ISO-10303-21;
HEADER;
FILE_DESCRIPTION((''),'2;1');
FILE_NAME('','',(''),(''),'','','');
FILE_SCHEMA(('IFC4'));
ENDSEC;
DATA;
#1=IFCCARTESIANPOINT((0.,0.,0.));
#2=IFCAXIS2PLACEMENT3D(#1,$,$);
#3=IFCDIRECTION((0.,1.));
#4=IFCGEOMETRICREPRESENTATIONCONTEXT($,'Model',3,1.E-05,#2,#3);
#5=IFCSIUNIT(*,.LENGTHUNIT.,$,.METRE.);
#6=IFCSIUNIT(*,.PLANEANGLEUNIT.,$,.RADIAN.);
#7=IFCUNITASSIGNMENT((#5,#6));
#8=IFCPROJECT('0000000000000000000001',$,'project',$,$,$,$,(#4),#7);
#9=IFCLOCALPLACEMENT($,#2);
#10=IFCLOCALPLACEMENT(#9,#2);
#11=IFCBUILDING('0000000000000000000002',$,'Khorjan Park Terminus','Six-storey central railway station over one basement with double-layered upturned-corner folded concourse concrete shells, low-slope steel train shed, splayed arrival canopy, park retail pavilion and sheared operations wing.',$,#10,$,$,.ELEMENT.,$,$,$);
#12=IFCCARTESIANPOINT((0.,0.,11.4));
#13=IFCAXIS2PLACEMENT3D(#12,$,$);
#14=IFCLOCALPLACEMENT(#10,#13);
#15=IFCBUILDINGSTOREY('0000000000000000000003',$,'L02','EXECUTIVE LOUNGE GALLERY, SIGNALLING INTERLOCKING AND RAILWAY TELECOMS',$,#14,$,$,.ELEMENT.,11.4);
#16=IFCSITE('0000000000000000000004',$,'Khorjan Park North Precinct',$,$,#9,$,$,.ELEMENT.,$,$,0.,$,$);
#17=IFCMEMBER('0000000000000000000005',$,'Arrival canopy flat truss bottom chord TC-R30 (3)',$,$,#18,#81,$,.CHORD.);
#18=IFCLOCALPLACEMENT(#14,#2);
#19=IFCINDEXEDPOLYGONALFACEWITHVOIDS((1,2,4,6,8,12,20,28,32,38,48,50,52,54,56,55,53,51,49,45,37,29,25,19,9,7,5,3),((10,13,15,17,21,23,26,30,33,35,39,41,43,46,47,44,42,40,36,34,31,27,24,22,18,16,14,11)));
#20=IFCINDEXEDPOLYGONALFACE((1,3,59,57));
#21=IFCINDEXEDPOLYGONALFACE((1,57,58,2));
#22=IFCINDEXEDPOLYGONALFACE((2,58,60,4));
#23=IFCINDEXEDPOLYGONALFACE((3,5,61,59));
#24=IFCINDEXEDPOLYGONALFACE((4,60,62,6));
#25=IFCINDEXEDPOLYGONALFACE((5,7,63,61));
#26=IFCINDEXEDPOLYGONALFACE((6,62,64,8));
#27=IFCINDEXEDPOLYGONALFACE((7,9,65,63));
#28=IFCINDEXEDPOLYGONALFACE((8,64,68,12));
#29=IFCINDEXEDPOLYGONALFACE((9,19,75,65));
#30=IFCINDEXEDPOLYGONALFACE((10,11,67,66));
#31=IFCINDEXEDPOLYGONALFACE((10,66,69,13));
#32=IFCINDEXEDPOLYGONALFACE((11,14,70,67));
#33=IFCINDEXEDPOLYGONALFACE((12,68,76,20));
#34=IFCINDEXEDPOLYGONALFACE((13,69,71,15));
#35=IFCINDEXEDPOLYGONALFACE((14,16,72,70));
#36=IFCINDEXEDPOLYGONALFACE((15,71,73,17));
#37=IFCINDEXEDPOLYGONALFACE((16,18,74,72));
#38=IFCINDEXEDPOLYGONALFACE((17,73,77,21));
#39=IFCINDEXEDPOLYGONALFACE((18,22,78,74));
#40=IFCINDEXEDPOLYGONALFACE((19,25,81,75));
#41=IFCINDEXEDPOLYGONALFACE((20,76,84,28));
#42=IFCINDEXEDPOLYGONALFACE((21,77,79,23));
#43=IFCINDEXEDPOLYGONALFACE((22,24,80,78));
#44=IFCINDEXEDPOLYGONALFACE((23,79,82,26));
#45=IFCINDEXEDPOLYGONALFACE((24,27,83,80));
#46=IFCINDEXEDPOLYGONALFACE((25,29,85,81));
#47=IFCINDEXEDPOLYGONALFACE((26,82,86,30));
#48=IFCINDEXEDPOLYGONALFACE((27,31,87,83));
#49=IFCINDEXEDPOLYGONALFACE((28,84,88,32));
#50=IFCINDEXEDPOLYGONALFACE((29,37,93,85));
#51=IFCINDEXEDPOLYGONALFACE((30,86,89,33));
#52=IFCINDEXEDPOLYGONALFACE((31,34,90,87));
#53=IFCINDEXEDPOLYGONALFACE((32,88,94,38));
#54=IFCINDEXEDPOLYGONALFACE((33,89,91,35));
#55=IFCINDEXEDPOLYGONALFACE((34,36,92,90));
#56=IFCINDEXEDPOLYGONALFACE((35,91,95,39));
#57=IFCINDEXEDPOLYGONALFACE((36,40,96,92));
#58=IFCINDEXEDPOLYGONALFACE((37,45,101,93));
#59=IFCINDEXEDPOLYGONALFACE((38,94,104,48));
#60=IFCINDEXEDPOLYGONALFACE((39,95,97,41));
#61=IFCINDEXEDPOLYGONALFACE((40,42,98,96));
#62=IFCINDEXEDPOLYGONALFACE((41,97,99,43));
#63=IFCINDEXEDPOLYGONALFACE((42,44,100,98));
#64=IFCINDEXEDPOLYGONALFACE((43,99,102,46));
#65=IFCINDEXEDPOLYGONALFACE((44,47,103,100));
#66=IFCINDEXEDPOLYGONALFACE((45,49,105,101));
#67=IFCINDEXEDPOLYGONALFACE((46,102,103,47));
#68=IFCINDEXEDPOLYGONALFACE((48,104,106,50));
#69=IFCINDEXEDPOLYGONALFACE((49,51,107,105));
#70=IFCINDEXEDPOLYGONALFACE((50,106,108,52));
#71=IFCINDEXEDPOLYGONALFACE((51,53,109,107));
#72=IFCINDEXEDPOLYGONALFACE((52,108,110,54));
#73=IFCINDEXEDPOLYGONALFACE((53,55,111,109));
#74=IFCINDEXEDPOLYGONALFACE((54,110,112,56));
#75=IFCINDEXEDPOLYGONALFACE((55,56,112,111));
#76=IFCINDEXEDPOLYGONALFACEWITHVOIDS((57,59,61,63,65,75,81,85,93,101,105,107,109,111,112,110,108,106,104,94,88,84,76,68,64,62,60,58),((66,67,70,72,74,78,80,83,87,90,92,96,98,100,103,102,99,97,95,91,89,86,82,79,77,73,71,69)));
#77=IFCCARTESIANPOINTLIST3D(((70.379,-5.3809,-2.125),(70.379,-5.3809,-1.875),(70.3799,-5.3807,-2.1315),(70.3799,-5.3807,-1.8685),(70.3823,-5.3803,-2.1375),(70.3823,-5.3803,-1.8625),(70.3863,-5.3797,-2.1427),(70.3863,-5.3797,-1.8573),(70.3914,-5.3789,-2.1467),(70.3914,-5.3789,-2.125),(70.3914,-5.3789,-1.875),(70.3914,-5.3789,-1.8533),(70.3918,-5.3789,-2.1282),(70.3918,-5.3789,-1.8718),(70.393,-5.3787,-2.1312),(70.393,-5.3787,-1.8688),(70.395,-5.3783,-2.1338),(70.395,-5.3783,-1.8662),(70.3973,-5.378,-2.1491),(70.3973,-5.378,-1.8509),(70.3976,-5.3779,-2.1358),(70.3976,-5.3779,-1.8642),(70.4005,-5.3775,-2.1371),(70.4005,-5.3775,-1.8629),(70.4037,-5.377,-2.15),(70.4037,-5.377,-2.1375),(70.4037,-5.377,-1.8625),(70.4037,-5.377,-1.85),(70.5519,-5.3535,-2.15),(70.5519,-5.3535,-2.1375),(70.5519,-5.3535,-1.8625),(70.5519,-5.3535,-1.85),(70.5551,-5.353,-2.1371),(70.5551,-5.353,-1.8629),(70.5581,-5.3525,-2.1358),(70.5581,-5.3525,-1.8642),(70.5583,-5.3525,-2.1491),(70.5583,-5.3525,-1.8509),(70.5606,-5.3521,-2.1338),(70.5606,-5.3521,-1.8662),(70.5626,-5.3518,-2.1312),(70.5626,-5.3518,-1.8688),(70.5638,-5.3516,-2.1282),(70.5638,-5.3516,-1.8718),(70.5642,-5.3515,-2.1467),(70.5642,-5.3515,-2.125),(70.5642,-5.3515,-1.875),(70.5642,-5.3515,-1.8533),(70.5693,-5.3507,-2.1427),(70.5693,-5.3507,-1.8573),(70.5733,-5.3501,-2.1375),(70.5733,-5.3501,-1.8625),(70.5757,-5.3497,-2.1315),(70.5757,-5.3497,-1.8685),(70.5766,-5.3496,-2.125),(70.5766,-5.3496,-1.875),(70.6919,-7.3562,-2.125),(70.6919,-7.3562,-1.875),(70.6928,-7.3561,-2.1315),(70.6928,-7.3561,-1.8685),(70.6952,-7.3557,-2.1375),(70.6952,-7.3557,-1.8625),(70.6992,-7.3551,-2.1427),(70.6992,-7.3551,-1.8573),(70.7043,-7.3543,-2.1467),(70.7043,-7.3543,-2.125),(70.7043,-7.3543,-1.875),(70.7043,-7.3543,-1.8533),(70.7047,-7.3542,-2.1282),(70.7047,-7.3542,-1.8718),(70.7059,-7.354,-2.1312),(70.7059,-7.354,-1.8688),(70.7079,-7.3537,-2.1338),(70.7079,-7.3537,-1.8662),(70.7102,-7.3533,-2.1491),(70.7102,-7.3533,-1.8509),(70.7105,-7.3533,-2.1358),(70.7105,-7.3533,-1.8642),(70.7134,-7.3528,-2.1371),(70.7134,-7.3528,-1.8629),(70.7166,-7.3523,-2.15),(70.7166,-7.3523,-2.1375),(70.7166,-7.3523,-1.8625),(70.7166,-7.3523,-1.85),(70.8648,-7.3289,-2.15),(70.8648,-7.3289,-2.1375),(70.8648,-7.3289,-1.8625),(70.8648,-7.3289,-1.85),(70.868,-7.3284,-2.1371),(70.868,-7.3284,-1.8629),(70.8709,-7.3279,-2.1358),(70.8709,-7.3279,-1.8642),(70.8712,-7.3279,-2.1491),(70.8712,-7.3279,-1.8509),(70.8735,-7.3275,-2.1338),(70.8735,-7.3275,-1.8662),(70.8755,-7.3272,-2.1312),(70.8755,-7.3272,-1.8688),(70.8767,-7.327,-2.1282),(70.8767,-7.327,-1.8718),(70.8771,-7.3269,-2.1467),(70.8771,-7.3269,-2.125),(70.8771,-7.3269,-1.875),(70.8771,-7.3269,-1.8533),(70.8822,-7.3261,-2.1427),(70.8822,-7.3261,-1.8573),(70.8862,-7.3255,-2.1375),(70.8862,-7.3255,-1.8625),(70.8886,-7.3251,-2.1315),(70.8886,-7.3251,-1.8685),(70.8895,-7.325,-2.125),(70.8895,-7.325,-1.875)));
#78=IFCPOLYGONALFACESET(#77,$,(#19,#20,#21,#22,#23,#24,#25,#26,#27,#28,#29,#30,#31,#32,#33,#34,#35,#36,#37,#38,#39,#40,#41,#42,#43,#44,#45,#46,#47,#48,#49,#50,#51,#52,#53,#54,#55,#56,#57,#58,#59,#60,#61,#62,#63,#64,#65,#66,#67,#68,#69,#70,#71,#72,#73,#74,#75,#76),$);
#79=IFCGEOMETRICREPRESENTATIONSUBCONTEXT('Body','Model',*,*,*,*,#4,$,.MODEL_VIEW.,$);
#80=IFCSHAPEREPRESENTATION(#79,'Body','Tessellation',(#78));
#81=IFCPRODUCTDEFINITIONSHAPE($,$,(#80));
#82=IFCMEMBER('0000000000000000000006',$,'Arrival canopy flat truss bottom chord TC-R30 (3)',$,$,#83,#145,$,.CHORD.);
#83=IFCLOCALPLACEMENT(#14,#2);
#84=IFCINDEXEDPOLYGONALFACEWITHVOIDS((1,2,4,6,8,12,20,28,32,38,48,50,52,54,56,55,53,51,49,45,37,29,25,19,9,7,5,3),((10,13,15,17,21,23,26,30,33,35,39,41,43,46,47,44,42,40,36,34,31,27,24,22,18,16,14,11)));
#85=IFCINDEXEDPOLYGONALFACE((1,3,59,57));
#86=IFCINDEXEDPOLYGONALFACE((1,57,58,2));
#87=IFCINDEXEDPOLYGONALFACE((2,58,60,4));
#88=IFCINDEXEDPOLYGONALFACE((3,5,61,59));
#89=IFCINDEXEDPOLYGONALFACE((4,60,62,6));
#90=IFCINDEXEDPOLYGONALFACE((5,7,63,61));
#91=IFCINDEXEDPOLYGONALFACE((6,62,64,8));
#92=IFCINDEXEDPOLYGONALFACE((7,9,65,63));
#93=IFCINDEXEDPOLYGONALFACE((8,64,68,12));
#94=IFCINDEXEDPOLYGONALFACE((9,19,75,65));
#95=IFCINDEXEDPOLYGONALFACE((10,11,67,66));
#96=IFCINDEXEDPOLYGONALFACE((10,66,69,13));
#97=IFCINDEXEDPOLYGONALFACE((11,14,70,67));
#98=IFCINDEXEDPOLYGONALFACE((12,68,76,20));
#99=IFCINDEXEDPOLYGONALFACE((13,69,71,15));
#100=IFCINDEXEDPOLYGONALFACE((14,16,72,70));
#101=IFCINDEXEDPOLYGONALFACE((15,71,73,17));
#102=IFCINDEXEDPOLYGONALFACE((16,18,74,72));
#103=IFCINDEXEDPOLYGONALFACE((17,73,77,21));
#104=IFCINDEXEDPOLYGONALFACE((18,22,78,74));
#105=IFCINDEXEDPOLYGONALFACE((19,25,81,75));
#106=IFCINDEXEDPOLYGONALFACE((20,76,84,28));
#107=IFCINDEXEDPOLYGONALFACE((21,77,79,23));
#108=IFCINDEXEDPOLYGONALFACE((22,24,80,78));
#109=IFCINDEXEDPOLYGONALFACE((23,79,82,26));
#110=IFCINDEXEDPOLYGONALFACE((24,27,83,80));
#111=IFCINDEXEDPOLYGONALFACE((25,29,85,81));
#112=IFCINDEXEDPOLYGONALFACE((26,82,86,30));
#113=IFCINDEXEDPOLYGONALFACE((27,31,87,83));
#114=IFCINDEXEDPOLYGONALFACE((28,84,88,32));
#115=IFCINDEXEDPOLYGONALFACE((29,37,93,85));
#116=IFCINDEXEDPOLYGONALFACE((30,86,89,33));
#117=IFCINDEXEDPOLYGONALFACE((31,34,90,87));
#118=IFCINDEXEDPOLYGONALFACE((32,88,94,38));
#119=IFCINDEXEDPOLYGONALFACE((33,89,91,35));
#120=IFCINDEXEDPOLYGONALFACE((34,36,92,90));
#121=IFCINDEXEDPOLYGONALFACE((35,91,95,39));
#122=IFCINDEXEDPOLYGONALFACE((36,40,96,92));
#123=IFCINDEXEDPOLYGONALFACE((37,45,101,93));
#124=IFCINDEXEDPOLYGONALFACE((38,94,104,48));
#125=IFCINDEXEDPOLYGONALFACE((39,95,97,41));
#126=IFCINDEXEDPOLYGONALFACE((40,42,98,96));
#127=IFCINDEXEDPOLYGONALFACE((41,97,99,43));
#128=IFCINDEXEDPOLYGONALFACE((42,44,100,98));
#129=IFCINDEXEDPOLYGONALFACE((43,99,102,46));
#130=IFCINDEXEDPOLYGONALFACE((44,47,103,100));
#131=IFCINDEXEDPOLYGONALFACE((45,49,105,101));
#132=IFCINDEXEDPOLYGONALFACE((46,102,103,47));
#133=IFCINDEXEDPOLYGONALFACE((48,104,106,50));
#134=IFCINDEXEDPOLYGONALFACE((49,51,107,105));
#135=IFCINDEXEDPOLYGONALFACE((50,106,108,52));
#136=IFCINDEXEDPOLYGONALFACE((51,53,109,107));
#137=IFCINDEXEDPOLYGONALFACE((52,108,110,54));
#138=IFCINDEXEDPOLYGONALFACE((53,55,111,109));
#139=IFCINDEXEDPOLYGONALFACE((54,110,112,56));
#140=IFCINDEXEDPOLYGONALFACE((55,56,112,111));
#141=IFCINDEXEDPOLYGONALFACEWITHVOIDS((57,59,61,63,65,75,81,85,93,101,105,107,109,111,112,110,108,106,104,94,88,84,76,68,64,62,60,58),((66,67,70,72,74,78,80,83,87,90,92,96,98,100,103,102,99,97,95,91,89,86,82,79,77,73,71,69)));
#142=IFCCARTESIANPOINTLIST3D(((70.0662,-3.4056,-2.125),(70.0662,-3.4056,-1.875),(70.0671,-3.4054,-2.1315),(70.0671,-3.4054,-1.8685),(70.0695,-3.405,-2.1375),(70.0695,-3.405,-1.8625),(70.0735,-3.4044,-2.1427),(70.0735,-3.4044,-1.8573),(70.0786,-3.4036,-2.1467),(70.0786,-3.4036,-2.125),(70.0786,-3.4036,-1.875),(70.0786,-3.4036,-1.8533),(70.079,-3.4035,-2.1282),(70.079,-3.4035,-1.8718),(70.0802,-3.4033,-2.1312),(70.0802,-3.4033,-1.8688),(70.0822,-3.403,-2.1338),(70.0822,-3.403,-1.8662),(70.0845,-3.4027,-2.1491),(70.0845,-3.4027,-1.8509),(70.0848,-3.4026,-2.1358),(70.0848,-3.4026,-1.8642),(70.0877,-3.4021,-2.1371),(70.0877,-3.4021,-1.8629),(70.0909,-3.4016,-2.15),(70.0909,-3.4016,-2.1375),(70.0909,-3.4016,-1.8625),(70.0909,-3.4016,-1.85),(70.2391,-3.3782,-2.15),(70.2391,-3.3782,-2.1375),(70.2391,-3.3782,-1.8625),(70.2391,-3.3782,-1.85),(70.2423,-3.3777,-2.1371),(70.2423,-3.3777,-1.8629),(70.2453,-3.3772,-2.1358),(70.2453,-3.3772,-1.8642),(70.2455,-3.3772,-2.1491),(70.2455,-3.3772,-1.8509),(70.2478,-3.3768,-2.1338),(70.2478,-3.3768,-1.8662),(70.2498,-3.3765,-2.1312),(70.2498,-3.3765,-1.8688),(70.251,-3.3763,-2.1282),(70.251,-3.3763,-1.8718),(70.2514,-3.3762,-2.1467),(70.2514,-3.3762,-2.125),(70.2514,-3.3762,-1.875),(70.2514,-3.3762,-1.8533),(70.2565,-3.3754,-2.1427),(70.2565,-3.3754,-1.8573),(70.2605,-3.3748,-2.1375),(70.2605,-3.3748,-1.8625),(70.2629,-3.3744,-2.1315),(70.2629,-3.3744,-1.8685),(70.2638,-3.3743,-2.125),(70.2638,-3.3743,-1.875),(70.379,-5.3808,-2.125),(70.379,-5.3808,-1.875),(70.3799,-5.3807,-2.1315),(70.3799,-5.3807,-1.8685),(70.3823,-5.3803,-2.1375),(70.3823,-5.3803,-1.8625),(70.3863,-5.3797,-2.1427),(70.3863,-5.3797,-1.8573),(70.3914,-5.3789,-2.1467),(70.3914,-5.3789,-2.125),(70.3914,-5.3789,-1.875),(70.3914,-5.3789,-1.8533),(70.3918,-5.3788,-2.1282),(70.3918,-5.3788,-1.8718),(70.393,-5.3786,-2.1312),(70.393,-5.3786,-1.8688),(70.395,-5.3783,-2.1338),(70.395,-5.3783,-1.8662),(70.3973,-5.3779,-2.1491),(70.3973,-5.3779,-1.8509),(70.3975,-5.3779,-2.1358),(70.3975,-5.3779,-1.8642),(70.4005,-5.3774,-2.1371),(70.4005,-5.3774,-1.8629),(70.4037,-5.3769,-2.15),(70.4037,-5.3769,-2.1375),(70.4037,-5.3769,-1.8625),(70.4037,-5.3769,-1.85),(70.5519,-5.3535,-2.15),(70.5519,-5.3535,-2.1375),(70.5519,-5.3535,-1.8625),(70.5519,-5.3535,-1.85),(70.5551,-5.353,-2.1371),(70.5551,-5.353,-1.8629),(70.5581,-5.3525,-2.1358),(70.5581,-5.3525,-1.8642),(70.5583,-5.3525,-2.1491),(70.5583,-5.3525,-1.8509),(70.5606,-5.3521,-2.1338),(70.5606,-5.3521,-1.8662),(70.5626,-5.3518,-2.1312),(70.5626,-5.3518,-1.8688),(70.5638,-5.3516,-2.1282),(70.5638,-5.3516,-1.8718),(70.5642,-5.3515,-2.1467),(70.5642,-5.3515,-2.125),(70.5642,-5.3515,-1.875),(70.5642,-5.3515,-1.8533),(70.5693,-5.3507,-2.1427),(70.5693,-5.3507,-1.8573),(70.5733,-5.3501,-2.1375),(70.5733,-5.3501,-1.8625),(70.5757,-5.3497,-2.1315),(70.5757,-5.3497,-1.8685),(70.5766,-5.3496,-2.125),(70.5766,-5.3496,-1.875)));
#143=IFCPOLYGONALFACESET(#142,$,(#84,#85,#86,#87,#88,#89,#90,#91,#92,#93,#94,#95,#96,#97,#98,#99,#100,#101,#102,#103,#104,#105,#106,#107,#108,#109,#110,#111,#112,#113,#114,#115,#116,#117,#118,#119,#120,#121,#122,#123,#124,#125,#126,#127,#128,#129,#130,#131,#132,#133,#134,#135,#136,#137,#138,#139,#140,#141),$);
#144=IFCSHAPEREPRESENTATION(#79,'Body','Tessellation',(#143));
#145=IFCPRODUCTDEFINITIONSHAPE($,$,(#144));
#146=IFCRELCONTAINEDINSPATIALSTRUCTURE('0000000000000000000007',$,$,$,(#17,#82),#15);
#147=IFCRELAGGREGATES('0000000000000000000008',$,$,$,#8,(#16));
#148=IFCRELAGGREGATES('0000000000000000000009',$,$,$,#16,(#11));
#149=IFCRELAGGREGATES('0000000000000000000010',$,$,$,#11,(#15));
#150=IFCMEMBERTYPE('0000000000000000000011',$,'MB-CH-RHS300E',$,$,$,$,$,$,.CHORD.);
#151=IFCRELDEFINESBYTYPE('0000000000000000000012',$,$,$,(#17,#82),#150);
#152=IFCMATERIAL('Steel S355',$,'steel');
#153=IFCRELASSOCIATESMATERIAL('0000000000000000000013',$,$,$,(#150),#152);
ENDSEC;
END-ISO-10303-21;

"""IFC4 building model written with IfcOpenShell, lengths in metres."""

from ifc_helpers import new_model, si_unit, direction, frame, origin, origin_2d, place, context, subcontext, project, spatial, hollow_rectangle, extrude, material, material_profile, profile_set, type_object, element, save


model = new_model("IFC4")

# Units and contexts
model_context = context("Model", 3, precision=1e-05, world=origin(), true_north=direction((0.0, 1.0)))
body_context = subcontext(model_context, "Body", "Model", "MODEL_VIEW")
ifc_project = project(units=[si_unit("LENGTHUNIT", "METRE"), si_unit("PLANEANGLEUNIT", "RADIAN")], contexts=[model_context])

# Site, building, storey
site_placement = place(None, origin())
site = spatial("IfcSite", under=ifc_project, at=site_placement, Name="Khorjan Park North Precinct", CompositionType="ELEMENT", RefElevation=0.0)
building_placement = place(site_placement, origin())
building = spatial("IfcBuilding", under=site, at=building_placement, Name="Khorjan Park Terminus", Description="Six-storey central railway station over one basement with double-layered upturned-corner folded concourse concrete shells, low-slope steel train shed, splayed arrival canopy, park retail pavilion and sheared operations wing.", CompositionType="ELEMENT")
storey_placement = place(building_placement, frame((0.0, 0.0, 11.4)))
storey = spatial("IfcBuildingStorey", under=building, at=storey_placement, Name="L02", Description="EXECUTIVE LOUNGE GALLERY, SIGNALLING INTERLOCKING AND RAILWAY TELECOMS", CompositionType="ELEMENT", Elevation=11.4)

# Members
ifc_material = material(Name="Steel S355", Category="steel")
ifc_material_profile_1 = material_profile(ifc_material, hollow_rectangle(XDim=0.2, YDim=0.3, WallThickness=0.0125, InnerFilletRadius=0.0125, OuterFilletRadius=0.025, at=origin_2d()), Name="RHS 300x200x12.5")
ifc_profile_set_1 = profile_set([ifc_material_profile_1], Name="Steel S355")
member_type_1 = type_object("IfcMemberType", Name="MB-CH-RHS300E", PredefinedType="CHORD", material=ifc_profile_set_1)
for number, where, z_axis, x_axis, name in (
    (1, (70.7907, -7.3406, -2.0), (-0.156448, 0.987686, 0.0), (-0.987686, -0.156448, 0.0), "Arrival canopy flat truss bottom chord TC-R30 (3)"),
):
    element("IfcMember", number, at=place(storey_placement, frame(where, z_axis=z_axis, x_axis=x_axis)), inside=storey, type_object=member_type_1, Name=name, PredefinedType="CHORD", context=body_context, shape_type="SweptSolid", body=[
        extrude(hollow_rectangle(XDim=0.2, YDim=0.3, WallThickness=0.0125, InnerFilletRadius=0.0125, OuterFilletRadius=0.025, at=origin_2d()), origin(), (0.0, 0.0, 1.0), 2.0),
    ])
member_1_placement = place(storey_placement, frame((70.4778, -5.3652, -2.0), z_axis=(-0.156407, 0.987693, 0.0), x_axis=(-0.987693, -0.156407, 0.0)))
element("IfcMember", 2, at=member_1_placement, inside=storey, type_object=member_type_1, Name="Arrival canopy flat truss bottom chord TC-R30 (3)", PredefinedType="CHORD", context=body_context, shape_type="SweptSolid", body=[
    extrude(hollow_rectangle(XDim=0.2, YDim=0.3, WallThickness=0.0125, InnerFilletRadius=0.0125, OuterFilletRadius=0.025, at=origin_2d()), origin(), (0.0, 0.0, 1.0), 1.9999),
])

save(model, "model.ifc")
